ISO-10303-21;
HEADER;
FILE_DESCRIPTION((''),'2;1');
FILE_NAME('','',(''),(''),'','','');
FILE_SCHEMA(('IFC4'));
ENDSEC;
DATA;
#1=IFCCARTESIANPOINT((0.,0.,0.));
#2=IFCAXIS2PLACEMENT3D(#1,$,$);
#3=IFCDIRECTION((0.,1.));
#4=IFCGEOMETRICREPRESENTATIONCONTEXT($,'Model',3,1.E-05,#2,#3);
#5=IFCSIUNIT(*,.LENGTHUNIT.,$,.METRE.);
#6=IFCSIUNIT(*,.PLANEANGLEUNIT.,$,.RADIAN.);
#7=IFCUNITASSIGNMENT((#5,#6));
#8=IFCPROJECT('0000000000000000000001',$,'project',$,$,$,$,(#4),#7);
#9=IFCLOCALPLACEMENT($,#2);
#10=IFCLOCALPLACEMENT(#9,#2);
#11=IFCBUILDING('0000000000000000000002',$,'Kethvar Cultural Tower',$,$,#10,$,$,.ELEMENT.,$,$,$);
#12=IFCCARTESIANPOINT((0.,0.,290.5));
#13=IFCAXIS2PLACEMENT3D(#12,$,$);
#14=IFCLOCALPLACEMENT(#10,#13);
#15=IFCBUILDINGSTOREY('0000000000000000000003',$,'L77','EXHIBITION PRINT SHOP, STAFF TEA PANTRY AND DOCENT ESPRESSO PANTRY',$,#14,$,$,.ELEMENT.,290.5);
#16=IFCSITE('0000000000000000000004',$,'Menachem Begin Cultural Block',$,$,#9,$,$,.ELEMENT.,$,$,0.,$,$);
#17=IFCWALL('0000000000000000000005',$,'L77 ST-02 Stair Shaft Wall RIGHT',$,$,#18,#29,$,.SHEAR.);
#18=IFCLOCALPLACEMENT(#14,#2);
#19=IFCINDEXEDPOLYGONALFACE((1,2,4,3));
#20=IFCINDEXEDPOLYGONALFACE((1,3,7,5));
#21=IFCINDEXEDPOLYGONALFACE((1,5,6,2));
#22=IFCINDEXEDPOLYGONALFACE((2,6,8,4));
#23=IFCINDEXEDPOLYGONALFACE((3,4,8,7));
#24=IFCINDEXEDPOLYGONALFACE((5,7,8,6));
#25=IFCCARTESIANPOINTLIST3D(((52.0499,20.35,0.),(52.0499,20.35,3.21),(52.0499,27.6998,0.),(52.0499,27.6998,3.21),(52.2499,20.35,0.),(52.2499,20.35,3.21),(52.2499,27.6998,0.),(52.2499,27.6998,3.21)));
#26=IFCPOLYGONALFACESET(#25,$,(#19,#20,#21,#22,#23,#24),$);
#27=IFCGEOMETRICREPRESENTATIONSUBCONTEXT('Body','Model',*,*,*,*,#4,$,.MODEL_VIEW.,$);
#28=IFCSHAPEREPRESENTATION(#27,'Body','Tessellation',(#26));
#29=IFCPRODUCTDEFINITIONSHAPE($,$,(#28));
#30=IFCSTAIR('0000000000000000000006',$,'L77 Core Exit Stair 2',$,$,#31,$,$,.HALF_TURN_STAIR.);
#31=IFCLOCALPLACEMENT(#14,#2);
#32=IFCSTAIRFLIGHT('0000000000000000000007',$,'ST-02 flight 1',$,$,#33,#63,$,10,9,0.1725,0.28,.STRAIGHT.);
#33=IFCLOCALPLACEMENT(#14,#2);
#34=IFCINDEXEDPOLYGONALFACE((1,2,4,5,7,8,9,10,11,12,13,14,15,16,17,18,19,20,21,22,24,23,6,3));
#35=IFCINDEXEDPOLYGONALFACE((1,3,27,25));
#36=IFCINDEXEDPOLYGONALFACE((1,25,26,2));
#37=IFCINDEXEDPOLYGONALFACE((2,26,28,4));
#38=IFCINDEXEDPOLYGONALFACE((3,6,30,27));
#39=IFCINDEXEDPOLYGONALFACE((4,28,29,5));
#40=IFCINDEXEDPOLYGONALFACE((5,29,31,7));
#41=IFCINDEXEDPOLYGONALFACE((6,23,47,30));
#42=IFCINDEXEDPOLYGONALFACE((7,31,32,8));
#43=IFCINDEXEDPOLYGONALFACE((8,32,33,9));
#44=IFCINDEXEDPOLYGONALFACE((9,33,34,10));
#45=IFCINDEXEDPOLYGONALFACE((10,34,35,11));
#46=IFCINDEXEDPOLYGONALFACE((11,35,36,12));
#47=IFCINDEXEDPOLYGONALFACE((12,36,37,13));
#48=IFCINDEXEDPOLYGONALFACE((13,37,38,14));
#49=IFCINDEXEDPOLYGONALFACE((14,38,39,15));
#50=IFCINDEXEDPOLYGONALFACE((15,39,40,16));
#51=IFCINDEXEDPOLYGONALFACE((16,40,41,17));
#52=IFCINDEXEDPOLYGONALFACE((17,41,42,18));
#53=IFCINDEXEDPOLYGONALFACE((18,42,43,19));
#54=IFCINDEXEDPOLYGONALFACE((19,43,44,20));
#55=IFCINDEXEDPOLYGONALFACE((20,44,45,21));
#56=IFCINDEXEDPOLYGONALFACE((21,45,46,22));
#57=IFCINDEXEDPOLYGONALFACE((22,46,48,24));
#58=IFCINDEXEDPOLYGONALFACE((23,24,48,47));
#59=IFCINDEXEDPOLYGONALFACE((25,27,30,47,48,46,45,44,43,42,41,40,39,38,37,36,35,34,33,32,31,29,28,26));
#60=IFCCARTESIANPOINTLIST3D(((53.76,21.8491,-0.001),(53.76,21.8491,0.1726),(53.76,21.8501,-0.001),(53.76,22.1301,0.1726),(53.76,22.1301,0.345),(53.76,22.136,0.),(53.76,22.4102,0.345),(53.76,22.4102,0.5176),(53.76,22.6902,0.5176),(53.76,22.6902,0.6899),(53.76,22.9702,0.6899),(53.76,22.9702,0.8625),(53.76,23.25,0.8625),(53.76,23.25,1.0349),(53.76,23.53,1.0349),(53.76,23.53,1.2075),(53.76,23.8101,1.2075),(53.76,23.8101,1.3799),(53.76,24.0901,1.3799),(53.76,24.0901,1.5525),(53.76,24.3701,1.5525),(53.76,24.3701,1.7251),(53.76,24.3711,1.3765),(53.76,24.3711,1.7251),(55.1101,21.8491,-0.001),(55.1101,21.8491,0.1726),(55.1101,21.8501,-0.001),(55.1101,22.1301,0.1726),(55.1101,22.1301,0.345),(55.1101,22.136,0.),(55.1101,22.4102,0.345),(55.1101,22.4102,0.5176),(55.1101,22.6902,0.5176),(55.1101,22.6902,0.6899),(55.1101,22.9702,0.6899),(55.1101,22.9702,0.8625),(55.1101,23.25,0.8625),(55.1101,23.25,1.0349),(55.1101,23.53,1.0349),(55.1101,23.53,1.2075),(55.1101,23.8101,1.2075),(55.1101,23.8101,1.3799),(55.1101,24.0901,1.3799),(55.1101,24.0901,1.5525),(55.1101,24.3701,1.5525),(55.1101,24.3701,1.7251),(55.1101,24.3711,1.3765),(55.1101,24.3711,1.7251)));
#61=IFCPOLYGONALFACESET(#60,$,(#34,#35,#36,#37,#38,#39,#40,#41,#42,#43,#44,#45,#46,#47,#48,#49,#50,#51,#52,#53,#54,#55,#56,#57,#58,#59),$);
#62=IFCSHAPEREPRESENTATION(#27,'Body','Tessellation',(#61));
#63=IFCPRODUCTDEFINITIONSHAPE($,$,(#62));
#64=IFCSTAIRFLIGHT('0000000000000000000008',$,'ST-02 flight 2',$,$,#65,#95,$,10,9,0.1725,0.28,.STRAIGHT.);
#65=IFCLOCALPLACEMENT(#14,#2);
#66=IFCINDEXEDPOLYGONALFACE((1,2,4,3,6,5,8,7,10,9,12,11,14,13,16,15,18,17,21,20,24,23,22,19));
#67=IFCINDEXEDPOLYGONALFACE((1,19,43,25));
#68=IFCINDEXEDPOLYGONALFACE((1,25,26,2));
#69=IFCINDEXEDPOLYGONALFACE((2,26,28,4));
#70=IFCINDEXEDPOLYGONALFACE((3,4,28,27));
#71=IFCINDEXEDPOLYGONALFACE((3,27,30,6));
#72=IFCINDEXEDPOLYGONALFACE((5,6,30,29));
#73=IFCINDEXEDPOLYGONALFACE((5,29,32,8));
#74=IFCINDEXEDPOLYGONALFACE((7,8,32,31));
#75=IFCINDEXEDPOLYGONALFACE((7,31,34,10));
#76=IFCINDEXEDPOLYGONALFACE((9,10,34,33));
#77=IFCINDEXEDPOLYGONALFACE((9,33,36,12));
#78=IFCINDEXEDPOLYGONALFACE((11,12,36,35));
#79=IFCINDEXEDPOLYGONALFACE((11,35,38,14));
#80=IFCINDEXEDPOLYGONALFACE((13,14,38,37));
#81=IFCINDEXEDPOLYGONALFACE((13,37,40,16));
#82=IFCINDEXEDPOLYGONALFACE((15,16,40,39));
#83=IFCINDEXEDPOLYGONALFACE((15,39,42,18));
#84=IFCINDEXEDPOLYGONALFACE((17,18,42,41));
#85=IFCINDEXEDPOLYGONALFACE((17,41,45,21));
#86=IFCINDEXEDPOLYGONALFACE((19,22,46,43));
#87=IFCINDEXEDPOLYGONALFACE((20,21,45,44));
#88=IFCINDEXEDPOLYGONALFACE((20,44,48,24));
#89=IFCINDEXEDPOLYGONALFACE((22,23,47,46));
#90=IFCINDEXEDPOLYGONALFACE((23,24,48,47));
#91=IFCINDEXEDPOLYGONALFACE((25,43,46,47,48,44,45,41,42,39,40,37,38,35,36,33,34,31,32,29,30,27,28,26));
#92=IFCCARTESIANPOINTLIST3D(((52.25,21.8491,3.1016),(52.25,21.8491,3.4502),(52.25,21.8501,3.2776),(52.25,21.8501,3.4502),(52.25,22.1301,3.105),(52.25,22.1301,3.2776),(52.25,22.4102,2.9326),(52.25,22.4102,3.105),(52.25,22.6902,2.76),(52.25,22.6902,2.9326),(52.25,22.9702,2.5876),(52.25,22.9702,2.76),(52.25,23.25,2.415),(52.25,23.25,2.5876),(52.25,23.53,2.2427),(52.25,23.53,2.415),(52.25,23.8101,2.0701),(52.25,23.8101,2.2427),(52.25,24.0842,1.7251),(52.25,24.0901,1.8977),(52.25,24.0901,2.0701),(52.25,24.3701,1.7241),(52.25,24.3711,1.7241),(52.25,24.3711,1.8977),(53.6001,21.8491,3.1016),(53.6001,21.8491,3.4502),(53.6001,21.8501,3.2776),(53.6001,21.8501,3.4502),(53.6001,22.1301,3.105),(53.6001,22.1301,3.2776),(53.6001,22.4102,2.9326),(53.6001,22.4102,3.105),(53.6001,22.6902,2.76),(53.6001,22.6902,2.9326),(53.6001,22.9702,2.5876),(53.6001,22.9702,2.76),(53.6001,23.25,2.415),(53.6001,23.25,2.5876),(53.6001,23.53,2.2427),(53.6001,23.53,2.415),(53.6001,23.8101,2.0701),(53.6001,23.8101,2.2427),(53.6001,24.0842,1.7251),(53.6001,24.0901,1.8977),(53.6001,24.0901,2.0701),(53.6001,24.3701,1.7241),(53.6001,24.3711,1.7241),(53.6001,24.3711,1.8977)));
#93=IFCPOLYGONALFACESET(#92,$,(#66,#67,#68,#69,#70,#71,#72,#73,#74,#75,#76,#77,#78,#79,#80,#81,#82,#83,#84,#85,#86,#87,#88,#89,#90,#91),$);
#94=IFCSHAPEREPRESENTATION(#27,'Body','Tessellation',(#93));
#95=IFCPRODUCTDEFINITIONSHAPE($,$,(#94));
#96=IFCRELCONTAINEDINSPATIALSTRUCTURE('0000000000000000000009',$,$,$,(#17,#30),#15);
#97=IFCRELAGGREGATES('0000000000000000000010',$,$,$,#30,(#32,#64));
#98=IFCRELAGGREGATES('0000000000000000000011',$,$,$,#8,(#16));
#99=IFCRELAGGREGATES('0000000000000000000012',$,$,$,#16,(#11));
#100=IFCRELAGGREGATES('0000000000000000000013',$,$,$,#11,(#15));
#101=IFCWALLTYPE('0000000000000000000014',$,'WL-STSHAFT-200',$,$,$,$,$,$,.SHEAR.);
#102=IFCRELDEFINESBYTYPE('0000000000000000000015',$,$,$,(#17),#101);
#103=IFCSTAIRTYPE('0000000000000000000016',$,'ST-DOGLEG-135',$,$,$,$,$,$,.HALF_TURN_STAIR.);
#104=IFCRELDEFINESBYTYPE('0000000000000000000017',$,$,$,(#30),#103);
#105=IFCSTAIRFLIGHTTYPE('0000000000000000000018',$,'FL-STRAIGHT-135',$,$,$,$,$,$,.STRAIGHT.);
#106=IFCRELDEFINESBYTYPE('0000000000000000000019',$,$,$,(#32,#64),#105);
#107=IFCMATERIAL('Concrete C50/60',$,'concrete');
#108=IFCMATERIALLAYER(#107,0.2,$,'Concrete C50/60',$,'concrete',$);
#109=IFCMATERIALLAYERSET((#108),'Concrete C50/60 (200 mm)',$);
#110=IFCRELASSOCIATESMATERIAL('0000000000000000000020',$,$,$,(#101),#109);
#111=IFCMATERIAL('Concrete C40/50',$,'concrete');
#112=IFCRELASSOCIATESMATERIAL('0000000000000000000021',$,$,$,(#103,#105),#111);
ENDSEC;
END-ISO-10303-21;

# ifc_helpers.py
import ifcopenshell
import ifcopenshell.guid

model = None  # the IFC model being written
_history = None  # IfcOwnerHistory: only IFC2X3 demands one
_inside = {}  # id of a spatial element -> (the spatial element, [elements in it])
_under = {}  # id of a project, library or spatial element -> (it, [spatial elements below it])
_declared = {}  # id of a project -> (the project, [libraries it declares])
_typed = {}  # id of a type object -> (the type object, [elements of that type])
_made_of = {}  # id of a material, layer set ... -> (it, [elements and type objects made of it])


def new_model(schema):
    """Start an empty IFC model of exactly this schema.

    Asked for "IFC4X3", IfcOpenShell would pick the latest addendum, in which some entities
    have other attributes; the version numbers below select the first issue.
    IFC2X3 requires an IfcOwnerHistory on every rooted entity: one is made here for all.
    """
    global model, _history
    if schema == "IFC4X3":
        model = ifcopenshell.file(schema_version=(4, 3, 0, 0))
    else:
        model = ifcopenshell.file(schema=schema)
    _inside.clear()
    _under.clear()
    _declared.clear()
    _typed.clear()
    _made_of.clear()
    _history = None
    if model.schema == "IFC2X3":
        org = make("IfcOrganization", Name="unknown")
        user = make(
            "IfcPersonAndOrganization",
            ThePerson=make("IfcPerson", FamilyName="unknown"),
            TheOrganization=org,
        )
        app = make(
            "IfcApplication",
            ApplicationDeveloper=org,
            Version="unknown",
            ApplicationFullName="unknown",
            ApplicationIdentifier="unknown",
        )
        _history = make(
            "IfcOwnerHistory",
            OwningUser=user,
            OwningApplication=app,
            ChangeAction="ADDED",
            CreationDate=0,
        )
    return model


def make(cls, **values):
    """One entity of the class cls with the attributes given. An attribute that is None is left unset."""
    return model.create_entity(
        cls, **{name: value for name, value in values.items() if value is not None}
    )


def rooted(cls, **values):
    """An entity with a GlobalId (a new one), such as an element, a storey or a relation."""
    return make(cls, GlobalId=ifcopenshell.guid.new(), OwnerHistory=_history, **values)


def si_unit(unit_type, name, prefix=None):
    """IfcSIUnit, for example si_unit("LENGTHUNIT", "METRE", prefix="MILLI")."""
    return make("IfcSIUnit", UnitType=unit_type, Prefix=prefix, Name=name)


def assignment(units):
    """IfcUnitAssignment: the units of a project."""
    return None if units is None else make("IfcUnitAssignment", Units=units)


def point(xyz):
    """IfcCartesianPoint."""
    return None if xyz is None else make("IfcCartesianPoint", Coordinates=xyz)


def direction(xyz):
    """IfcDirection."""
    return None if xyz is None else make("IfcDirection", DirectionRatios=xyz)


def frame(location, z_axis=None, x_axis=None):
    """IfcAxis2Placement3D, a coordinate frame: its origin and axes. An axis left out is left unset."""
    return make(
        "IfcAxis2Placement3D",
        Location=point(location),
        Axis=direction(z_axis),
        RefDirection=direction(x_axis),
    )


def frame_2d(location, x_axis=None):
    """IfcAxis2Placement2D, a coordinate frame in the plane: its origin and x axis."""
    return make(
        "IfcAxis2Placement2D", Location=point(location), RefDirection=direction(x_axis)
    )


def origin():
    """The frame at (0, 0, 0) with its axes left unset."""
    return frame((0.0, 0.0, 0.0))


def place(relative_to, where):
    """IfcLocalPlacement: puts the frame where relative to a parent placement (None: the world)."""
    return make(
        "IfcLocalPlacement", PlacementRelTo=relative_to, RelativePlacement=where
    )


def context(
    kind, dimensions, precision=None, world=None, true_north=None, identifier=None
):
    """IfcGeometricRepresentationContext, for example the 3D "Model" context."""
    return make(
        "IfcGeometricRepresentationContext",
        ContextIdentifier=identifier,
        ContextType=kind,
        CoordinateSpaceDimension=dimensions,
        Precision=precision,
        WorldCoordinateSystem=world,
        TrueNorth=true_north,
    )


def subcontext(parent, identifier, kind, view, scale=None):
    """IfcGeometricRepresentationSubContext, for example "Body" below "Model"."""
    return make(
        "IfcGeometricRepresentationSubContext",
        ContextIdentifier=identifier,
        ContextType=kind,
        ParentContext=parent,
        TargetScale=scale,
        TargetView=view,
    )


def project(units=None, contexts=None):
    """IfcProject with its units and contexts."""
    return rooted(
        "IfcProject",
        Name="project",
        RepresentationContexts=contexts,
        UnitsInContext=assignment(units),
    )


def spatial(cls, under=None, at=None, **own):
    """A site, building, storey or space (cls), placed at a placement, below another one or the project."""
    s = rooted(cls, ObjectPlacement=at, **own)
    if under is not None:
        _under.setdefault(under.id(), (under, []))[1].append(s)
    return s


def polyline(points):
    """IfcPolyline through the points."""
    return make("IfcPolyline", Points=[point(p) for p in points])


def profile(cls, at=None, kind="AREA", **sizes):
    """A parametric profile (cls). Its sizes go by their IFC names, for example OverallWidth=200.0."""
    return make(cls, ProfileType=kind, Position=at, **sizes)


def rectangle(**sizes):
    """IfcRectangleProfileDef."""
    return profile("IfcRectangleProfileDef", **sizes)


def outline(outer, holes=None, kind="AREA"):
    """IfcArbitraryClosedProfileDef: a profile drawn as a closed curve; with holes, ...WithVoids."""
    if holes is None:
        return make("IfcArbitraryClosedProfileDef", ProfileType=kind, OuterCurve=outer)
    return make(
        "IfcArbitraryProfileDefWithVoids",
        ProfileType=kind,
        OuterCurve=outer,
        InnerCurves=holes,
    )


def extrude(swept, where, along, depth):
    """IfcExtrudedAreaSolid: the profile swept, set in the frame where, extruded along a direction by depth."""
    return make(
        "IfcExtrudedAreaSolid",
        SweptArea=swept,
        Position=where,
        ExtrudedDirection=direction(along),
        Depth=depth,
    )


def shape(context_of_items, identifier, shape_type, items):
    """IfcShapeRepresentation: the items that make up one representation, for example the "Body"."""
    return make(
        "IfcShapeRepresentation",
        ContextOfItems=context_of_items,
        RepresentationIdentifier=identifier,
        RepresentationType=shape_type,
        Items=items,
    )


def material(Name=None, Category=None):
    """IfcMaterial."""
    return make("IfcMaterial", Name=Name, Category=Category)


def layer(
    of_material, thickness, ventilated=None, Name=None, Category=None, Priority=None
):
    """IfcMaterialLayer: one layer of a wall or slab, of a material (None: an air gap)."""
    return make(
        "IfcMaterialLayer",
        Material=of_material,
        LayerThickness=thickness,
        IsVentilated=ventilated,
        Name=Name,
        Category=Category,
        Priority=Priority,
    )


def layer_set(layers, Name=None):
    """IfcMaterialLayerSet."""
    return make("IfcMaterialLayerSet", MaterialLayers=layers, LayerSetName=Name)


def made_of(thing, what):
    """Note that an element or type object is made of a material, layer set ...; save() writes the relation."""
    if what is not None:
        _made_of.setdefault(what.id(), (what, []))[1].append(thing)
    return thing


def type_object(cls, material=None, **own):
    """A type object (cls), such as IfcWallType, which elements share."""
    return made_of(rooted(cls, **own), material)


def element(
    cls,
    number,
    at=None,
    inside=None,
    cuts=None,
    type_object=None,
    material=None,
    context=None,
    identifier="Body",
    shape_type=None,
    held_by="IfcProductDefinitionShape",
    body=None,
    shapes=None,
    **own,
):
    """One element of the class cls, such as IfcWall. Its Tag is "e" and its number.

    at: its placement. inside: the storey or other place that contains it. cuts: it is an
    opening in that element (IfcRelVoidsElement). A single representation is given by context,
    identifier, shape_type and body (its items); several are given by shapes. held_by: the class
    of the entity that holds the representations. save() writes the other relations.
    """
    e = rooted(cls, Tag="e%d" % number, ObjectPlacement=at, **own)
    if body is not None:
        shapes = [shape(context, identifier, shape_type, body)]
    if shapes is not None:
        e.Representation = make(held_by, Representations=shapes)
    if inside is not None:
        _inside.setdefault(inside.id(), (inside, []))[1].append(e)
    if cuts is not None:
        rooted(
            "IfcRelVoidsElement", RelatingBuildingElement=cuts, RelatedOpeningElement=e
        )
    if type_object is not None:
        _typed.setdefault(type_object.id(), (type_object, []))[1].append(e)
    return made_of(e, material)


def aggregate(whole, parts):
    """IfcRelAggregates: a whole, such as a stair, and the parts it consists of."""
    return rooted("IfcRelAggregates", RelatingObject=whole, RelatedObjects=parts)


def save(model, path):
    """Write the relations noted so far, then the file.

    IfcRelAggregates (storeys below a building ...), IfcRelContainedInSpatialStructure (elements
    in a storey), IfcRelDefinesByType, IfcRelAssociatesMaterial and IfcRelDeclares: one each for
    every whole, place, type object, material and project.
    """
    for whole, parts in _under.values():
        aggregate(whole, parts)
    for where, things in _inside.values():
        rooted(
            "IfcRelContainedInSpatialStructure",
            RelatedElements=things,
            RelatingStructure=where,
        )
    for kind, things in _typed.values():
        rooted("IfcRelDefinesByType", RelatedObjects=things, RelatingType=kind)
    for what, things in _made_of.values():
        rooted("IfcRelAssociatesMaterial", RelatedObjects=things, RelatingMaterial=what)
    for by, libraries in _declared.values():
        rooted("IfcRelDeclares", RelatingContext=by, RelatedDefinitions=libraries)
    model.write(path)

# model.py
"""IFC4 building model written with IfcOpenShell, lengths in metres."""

from ifc_helpers import new_model, si_unit, direction, frame, frame_2d, origin, place, context, subcontext, project, spatial, polyline, rectangle, outline, extrude, material, layer, layer_set, type_object, element, aggregate, save


model = new_model("IFC4")

# Units and contexts
model_context = context("Model", 3, precision=1e-05, world=origin(), true_north=direction((0.0, 1.0)))
body_context = subcontext(model_context, "Body", "Model", "MODEL_VIEW")
ifc_project = project(units=[si_unit("LENGTHUNIT", "METRE"), si_unit("PLANEANGLEUNIT", "RADIAN")], contexts=[model_context])

# Site, building, storey
site_placement = place(None, origin())
site = spatial("IfcSite", under=ifc_project, at=site_placement, Name="Menachem Begin Cultural Block", CompositionType="ELEMENT", RefElevation=0.0)
building_placement = place(site_placement, origin())
building = spatial("IfcBuilding", under=site, at=building_placement, Name="Kethvar Cultural Tower", CompositionType="ELEMENT")
storey_placement = place(building_placement, frame((0.0, 0.0, 290.5)))
storey = spatial("IfcBuildingStorey", under=building, at=storey_placement, Name="L77", Description="EXHIBITION PRINT SHOP, STAFF TEA PANTRY AND DOCENT ESPRESSO PANTRY", CompositionType="ELEMENT", Elevation=290.5)

# Shared definitions
ifc_material_1 = material(Name="Concrete C50/60", Category="concrete")

# Wall
ifc_layer_1 = layer(ifc_material_1, 0.2, Name="Concrete C50/60", Category="concrete")
ifc_layer_set_1 = layer_set([ifc_layer_1], Name="Concrete C50/60 (200 mm)")
wall_type_1 = type_object("IfcWallType", Name="WL-STSHAFT-200", PredefinedType="SHEAR", material=ifc_layer_set_1)
wall_1_placement = place(storey_placement, frame((52.1499, 20.3501, 0.0), z_axis=(0.0, 0.0, 1.0), x_axis=(0.0, 1.0, 0.0)))
element("IfcWall", 1, at=wall_1_placement, inside=storey, type_object=wall_type_1, Name="L77 ST-02 Stair Shaft Wall RIGHT", PredefinedType="SHEAR", context=body_context, shape_type="SweptSolid", body=[
    extrude(rectangle(XDim=7.3499, YDim=0.2, at=frame_2d((3.6748, 0.0))), origin(), (0.0, 0.0, 1.0), 3.21),
])

# Stair, stair flights
ifc_material_2 = material(Name="Concrete C40/50", Category="concrete")
stair_type = type_object("IfcStairType", Name="ST-DOGLEG-135", PredefinedType="HALF_TURN_STAIR", material=ifc_material_2)
stair_placement = place(storey_placement, origin())
stair = element("IfcStair", 2, at=stair_placement, inside=storey, type_object=stair_type, Name="L77 Core Exit Stair 2", PredefinedType="HALF_TURN_STAIR")
stair_flight_type = type_object("IfcStairFlightType", Name="FL-STRAIGHT-135", PredefinedType="STRAIGHT", material=ifc_material_2)
stair_flight_1_placement = place(storey_placement, frame((54.4351, 21.8501, 0.0), z_axis=(0.0, 0.0, 1.0), x_axis=(0.0, 1.0, 0.0)))
stair_flight_1 = element("IfcStairFlight", 3, at=stair_flight_1_placement, type_object=stair_flight_type, Name="ST-02 flight 1", NumberOfRisers=10, NumberOfTreads=9, PredefinedType="STRAIGHT", RiserHeight=0.1725, TreadLength=0.28, context=body_context, shape_type="SweptSolid", body=[
    extrude(outline(polyline([(-0.001, -0.001), (-0.001, 0.1726), (0.28, 0.1726), (0.28, 0.345), (0.5601, 0.345), (0.5601, 0.5176), (0.8401, 0.5176), (0.8401, 0.6899), (1.1201, 0.6899), (1.1201, 0.8625), (1.3999, 0.8625), (1.3999, 1.0349), (1.6799, 1.0349), (1.6799, 1.2075), (1.96, 1.2075), (1.96, 1.3799), (2.24, 1.3799), (2.24, 1.5525), (2.52, 1.5525), (2.52, 1.7251), (2.521, 1.7251), (2.521, 1.3765), (0.2859, 0.0), (0.0, -0.001), (-0.001, -0.001)])), frame((0.0, 0.675, 0.0), z_axis=(0.0, -1.0, 0.0), x_axis=(1.0, 0.0, 0.0)), (0.0, 0.0, 1.0), 1.3501),
])
stair_flight_2_placement = place(storey_placement, frame((52.925, 24.3701, 1.7251), z_axis=(0.0, 0.0, 1.0), x_axis=(0.0, -1.0, 0.0)))
stair_flight_2 = element("IfcStairFlight", 4, at=stair_flight_2_placement, type_object=stair_flight_type, Name="ST-02 flight 2", NumberOfRisers=10, NumberOfTreads=9, PredefinedType="STRAIGHT", RiserHeight=0.1725, TreadLength=0.28, context=body_context, shape_type="SweptSolid", body=[
    extrude(outline(polyline([(-0.001, -0.001), (-0.001, 0.1726), (0.28, 0.1726), (0.28, 0.345), (0.5601, 0.345), (0.5601, 0.5176), (0.8401, 0.5176), (0.8401, 0.6899), (1.1201, 0.6899), (1.1201, 0.8625), (1.3999, 0.8625), (1.3999, 1.0349), (1.6799, 1.0349), (1.6799, 1.2075), (1.96, 1.2075), (1.96, 1.3799), (2.24, 1.3799), (2.24, 1.5525), (2.52, 1.5525), (2.52, 1.7251), (2.521, 1.7251), (2.521, 1.3765), (0.2859, 0.0), (0.0, -0.001), (-0.001, -0.001)])), frame((0.0, 0.675, 0.0), z_axis=(0.0, -1.0, 0.0), x_axis=(1.0, 0.0, 0.0)), (0.0, 0.0, 1.0), 1.3501),
])
aggregate(stair, [stair_flight_1, stair_flight_2])

save(model, "model.ifc")
